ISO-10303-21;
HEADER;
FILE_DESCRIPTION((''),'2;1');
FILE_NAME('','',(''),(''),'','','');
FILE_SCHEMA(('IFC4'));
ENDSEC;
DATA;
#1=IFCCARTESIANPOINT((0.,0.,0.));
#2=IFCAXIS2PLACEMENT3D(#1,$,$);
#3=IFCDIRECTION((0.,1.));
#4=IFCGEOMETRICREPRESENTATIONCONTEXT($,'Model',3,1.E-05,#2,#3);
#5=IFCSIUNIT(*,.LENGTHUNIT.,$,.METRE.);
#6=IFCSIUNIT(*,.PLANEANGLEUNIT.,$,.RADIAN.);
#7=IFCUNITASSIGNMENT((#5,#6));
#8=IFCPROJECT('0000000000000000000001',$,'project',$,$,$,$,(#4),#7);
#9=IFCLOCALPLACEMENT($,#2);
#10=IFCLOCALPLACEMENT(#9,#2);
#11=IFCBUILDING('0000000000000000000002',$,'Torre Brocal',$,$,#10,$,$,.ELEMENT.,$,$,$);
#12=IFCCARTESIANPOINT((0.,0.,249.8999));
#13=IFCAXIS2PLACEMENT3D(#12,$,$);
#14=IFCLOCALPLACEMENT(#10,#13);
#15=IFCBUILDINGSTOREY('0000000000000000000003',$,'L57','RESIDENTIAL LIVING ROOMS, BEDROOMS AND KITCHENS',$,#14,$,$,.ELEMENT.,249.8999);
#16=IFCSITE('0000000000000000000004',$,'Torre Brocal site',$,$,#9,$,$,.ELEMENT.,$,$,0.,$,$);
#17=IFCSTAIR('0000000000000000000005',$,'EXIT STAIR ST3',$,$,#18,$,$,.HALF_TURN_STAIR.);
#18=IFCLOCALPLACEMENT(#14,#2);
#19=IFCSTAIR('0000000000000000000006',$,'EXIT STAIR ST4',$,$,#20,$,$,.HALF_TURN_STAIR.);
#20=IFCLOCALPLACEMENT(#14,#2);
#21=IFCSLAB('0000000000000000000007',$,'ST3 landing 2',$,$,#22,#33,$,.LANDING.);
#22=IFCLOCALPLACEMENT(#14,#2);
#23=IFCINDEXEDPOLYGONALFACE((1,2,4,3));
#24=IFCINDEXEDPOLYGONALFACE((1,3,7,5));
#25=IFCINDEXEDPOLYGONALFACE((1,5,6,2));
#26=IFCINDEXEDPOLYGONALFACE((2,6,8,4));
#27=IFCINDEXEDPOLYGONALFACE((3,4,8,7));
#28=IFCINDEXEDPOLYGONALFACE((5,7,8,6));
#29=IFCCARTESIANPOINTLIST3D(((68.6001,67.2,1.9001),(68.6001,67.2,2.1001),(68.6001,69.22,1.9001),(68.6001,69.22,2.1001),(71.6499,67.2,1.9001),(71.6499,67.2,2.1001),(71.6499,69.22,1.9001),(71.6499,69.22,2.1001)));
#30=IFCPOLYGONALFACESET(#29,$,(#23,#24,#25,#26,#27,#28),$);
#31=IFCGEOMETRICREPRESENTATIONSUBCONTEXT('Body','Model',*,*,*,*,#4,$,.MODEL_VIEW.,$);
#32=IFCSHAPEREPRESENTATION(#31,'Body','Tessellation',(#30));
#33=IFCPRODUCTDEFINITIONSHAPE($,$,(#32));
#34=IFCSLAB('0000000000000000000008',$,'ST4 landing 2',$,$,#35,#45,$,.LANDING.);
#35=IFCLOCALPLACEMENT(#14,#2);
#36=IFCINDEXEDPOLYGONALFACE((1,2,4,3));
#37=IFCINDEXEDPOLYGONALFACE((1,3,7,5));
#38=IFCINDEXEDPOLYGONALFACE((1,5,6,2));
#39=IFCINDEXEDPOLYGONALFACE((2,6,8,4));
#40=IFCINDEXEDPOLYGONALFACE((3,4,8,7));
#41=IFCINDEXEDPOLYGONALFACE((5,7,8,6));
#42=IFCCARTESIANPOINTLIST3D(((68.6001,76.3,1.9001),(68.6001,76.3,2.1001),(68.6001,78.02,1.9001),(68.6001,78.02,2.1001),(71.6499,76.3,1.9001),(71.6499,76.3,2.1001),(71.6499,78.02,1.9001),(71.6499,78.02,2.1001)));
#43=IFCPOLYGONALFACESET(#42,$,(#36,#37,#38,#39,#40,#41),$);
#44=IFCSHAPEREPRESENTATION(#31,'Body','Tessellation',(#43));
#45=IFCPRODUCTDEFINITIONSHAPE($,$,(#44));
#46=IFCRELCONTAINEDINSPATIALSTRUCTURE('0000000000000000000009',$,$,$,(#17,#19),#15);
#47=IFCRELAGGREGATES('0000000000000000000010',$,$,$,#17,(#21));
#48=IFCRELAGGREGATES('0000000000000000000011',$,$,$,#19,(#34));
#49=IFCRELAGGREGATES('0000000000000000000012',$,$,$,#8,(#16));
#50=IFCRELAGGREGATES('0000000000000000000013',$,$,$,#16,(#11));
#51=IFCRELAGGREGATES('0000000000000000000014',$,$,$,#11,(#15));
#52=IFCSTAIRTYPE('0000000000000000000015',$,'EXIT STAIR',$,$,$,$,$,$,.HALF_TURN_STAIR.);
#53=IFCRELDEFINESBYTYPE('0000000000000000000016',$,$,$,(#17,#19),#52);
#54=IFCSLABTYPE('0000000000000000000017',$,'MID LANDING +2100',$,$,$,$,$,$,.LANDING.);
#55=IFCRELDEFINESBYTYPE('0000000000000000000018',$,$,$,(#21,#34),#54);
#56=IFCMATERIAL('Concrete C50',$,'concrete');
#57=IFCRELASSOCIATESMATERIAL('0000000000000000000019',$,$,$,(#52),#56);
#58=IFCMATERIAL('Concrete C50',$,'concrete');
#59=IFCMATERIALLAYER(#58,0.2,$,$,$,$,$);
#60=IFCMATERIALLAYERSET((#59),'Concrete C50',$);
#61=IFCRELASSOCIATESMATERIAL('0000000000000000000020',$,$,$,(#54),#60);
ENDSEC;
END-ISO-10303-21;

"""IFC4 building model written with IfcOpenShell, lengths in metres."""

from ifc_helpers import new_model, si_unit, direction, frame, origin, place, context, subcontext, project, spatial, polyline, outline, extrude, material, layer, layer_set, type_object, element, aggregate, save


model = new_model("IFC4")

# Units and contexts
model_context = context("Model", 3, precision=1e-05, world=origin(), true_north=direction((0.0, 1.0)))
body_context = subcontext(model_context, "Body", "Model", "MODEL_VIEW")
ifc_project = project(units=[si_unit("LENGTHUNIT", "METRE"), si_unit("PLANEANGLEUNIT", "RADIAN")], contexts=[model_context])

# Site, building, storey
site_placement = place(None, origin())
site = spatial("IfcSite", under=ifc_project, at=site_placement, Name="Torre Brocal site", CompositionType="ELEMENT", RefElevation=0.0)
building_placement = place(site_placement, origin())
building = spatial("IfcBuilding", under=site, at=building_placement, Name="Torre Brocal", CompositionType="ELEMENT")
storey_placement = place(building_placement, frame((0.0, 0.0, 249.8999)))
storey = spatial("IfcBuildingStorey", under=building, at=storey_placement, Name="L57", Description="RESIDENTIAL LIVING ROOMS, BEDROOMS AND KITCHENS", CompositionType="ELEMENT", Elevation=249.8999)

# Stairs
ifc_material_1 = material(Name="Concrete C50", Category="concrete")
stair_type = type_object("IfcStairType", Name="EXIT STAIR", PredefinedType="HALF_TURN_STAIR", material=ifc_material_1)
stair_1_placement = place(storey_placement, origin())
stair_1 = element("IfcStair", 1, at=stair_1_placement, inside=storey, type_object=stair_type, Name="EXIT STAIR ST3", PredefinedType="HALF_TURN_STAIR")
stair_2_placement = place(storey_placement, origin())
stair_2 = element("IfcStair", 2, at=stair_2_placement, inside=storey, type_object=stair_type, Name="EXIT STAIR ST4", PredefinedType="HALF_TURN_STAIR")

# Slabs
ifc_material_2 = material(Name="Concrete C50", Category="concrete")
ifc_layer_1 = layer(ifc_material_2, 0.2)
ifc_layer_set_1 = layer_set([ifc_layer_1], Name="Concrete C50")
slab_type_1 = type_object("IfcSlabType", Name="MID LANDING +2100", PredefinedType="LANDING", material=ifc_layer_set_1)
slab_1_placement = place(storey_placement, frame((0.0, 0.0, 1.9001)))
slab_1 = element("IfcSlab", 3, at=slab_1_placement, type_object=slab_type_1, Name="ST3 landing 2", PredefinedType="LANDING", context=body_context, shape_type="SweptSolid", body=[
    extrude(outline(polyline([(71.6499, 69.22), (68.6001, 69.22), (68.6001, 67.2), (71.6499, 67.2), (71.6499, 69.22)])), origin(), (0.0, 0.0, 1.0), 0.2),
])
aggregate(stair_1, [slab_1])
slab_2_placement = place(storey_placement, frame((0.0, 0.0, 1.9001)))
slab_2 = element("IfcSlab", 4, at=slab_2_placement, type_object=slab_type_1, Name="ST4 landing 2", PredefinedType="LANDING", context=body_context, shape_type="SweptSolid", body=[
    extrude(outline(polyline([(71.6499, 78.02), (68.6001, 78.02), (68.6001, 76.3), (71.6499, 76.3), (71.6499, 78.02)])), origin(), (0.0, 0.0, 1.0), 0.2),
])
aggregate(stair_2, [slab_2])

save(model, "model.ifc")
